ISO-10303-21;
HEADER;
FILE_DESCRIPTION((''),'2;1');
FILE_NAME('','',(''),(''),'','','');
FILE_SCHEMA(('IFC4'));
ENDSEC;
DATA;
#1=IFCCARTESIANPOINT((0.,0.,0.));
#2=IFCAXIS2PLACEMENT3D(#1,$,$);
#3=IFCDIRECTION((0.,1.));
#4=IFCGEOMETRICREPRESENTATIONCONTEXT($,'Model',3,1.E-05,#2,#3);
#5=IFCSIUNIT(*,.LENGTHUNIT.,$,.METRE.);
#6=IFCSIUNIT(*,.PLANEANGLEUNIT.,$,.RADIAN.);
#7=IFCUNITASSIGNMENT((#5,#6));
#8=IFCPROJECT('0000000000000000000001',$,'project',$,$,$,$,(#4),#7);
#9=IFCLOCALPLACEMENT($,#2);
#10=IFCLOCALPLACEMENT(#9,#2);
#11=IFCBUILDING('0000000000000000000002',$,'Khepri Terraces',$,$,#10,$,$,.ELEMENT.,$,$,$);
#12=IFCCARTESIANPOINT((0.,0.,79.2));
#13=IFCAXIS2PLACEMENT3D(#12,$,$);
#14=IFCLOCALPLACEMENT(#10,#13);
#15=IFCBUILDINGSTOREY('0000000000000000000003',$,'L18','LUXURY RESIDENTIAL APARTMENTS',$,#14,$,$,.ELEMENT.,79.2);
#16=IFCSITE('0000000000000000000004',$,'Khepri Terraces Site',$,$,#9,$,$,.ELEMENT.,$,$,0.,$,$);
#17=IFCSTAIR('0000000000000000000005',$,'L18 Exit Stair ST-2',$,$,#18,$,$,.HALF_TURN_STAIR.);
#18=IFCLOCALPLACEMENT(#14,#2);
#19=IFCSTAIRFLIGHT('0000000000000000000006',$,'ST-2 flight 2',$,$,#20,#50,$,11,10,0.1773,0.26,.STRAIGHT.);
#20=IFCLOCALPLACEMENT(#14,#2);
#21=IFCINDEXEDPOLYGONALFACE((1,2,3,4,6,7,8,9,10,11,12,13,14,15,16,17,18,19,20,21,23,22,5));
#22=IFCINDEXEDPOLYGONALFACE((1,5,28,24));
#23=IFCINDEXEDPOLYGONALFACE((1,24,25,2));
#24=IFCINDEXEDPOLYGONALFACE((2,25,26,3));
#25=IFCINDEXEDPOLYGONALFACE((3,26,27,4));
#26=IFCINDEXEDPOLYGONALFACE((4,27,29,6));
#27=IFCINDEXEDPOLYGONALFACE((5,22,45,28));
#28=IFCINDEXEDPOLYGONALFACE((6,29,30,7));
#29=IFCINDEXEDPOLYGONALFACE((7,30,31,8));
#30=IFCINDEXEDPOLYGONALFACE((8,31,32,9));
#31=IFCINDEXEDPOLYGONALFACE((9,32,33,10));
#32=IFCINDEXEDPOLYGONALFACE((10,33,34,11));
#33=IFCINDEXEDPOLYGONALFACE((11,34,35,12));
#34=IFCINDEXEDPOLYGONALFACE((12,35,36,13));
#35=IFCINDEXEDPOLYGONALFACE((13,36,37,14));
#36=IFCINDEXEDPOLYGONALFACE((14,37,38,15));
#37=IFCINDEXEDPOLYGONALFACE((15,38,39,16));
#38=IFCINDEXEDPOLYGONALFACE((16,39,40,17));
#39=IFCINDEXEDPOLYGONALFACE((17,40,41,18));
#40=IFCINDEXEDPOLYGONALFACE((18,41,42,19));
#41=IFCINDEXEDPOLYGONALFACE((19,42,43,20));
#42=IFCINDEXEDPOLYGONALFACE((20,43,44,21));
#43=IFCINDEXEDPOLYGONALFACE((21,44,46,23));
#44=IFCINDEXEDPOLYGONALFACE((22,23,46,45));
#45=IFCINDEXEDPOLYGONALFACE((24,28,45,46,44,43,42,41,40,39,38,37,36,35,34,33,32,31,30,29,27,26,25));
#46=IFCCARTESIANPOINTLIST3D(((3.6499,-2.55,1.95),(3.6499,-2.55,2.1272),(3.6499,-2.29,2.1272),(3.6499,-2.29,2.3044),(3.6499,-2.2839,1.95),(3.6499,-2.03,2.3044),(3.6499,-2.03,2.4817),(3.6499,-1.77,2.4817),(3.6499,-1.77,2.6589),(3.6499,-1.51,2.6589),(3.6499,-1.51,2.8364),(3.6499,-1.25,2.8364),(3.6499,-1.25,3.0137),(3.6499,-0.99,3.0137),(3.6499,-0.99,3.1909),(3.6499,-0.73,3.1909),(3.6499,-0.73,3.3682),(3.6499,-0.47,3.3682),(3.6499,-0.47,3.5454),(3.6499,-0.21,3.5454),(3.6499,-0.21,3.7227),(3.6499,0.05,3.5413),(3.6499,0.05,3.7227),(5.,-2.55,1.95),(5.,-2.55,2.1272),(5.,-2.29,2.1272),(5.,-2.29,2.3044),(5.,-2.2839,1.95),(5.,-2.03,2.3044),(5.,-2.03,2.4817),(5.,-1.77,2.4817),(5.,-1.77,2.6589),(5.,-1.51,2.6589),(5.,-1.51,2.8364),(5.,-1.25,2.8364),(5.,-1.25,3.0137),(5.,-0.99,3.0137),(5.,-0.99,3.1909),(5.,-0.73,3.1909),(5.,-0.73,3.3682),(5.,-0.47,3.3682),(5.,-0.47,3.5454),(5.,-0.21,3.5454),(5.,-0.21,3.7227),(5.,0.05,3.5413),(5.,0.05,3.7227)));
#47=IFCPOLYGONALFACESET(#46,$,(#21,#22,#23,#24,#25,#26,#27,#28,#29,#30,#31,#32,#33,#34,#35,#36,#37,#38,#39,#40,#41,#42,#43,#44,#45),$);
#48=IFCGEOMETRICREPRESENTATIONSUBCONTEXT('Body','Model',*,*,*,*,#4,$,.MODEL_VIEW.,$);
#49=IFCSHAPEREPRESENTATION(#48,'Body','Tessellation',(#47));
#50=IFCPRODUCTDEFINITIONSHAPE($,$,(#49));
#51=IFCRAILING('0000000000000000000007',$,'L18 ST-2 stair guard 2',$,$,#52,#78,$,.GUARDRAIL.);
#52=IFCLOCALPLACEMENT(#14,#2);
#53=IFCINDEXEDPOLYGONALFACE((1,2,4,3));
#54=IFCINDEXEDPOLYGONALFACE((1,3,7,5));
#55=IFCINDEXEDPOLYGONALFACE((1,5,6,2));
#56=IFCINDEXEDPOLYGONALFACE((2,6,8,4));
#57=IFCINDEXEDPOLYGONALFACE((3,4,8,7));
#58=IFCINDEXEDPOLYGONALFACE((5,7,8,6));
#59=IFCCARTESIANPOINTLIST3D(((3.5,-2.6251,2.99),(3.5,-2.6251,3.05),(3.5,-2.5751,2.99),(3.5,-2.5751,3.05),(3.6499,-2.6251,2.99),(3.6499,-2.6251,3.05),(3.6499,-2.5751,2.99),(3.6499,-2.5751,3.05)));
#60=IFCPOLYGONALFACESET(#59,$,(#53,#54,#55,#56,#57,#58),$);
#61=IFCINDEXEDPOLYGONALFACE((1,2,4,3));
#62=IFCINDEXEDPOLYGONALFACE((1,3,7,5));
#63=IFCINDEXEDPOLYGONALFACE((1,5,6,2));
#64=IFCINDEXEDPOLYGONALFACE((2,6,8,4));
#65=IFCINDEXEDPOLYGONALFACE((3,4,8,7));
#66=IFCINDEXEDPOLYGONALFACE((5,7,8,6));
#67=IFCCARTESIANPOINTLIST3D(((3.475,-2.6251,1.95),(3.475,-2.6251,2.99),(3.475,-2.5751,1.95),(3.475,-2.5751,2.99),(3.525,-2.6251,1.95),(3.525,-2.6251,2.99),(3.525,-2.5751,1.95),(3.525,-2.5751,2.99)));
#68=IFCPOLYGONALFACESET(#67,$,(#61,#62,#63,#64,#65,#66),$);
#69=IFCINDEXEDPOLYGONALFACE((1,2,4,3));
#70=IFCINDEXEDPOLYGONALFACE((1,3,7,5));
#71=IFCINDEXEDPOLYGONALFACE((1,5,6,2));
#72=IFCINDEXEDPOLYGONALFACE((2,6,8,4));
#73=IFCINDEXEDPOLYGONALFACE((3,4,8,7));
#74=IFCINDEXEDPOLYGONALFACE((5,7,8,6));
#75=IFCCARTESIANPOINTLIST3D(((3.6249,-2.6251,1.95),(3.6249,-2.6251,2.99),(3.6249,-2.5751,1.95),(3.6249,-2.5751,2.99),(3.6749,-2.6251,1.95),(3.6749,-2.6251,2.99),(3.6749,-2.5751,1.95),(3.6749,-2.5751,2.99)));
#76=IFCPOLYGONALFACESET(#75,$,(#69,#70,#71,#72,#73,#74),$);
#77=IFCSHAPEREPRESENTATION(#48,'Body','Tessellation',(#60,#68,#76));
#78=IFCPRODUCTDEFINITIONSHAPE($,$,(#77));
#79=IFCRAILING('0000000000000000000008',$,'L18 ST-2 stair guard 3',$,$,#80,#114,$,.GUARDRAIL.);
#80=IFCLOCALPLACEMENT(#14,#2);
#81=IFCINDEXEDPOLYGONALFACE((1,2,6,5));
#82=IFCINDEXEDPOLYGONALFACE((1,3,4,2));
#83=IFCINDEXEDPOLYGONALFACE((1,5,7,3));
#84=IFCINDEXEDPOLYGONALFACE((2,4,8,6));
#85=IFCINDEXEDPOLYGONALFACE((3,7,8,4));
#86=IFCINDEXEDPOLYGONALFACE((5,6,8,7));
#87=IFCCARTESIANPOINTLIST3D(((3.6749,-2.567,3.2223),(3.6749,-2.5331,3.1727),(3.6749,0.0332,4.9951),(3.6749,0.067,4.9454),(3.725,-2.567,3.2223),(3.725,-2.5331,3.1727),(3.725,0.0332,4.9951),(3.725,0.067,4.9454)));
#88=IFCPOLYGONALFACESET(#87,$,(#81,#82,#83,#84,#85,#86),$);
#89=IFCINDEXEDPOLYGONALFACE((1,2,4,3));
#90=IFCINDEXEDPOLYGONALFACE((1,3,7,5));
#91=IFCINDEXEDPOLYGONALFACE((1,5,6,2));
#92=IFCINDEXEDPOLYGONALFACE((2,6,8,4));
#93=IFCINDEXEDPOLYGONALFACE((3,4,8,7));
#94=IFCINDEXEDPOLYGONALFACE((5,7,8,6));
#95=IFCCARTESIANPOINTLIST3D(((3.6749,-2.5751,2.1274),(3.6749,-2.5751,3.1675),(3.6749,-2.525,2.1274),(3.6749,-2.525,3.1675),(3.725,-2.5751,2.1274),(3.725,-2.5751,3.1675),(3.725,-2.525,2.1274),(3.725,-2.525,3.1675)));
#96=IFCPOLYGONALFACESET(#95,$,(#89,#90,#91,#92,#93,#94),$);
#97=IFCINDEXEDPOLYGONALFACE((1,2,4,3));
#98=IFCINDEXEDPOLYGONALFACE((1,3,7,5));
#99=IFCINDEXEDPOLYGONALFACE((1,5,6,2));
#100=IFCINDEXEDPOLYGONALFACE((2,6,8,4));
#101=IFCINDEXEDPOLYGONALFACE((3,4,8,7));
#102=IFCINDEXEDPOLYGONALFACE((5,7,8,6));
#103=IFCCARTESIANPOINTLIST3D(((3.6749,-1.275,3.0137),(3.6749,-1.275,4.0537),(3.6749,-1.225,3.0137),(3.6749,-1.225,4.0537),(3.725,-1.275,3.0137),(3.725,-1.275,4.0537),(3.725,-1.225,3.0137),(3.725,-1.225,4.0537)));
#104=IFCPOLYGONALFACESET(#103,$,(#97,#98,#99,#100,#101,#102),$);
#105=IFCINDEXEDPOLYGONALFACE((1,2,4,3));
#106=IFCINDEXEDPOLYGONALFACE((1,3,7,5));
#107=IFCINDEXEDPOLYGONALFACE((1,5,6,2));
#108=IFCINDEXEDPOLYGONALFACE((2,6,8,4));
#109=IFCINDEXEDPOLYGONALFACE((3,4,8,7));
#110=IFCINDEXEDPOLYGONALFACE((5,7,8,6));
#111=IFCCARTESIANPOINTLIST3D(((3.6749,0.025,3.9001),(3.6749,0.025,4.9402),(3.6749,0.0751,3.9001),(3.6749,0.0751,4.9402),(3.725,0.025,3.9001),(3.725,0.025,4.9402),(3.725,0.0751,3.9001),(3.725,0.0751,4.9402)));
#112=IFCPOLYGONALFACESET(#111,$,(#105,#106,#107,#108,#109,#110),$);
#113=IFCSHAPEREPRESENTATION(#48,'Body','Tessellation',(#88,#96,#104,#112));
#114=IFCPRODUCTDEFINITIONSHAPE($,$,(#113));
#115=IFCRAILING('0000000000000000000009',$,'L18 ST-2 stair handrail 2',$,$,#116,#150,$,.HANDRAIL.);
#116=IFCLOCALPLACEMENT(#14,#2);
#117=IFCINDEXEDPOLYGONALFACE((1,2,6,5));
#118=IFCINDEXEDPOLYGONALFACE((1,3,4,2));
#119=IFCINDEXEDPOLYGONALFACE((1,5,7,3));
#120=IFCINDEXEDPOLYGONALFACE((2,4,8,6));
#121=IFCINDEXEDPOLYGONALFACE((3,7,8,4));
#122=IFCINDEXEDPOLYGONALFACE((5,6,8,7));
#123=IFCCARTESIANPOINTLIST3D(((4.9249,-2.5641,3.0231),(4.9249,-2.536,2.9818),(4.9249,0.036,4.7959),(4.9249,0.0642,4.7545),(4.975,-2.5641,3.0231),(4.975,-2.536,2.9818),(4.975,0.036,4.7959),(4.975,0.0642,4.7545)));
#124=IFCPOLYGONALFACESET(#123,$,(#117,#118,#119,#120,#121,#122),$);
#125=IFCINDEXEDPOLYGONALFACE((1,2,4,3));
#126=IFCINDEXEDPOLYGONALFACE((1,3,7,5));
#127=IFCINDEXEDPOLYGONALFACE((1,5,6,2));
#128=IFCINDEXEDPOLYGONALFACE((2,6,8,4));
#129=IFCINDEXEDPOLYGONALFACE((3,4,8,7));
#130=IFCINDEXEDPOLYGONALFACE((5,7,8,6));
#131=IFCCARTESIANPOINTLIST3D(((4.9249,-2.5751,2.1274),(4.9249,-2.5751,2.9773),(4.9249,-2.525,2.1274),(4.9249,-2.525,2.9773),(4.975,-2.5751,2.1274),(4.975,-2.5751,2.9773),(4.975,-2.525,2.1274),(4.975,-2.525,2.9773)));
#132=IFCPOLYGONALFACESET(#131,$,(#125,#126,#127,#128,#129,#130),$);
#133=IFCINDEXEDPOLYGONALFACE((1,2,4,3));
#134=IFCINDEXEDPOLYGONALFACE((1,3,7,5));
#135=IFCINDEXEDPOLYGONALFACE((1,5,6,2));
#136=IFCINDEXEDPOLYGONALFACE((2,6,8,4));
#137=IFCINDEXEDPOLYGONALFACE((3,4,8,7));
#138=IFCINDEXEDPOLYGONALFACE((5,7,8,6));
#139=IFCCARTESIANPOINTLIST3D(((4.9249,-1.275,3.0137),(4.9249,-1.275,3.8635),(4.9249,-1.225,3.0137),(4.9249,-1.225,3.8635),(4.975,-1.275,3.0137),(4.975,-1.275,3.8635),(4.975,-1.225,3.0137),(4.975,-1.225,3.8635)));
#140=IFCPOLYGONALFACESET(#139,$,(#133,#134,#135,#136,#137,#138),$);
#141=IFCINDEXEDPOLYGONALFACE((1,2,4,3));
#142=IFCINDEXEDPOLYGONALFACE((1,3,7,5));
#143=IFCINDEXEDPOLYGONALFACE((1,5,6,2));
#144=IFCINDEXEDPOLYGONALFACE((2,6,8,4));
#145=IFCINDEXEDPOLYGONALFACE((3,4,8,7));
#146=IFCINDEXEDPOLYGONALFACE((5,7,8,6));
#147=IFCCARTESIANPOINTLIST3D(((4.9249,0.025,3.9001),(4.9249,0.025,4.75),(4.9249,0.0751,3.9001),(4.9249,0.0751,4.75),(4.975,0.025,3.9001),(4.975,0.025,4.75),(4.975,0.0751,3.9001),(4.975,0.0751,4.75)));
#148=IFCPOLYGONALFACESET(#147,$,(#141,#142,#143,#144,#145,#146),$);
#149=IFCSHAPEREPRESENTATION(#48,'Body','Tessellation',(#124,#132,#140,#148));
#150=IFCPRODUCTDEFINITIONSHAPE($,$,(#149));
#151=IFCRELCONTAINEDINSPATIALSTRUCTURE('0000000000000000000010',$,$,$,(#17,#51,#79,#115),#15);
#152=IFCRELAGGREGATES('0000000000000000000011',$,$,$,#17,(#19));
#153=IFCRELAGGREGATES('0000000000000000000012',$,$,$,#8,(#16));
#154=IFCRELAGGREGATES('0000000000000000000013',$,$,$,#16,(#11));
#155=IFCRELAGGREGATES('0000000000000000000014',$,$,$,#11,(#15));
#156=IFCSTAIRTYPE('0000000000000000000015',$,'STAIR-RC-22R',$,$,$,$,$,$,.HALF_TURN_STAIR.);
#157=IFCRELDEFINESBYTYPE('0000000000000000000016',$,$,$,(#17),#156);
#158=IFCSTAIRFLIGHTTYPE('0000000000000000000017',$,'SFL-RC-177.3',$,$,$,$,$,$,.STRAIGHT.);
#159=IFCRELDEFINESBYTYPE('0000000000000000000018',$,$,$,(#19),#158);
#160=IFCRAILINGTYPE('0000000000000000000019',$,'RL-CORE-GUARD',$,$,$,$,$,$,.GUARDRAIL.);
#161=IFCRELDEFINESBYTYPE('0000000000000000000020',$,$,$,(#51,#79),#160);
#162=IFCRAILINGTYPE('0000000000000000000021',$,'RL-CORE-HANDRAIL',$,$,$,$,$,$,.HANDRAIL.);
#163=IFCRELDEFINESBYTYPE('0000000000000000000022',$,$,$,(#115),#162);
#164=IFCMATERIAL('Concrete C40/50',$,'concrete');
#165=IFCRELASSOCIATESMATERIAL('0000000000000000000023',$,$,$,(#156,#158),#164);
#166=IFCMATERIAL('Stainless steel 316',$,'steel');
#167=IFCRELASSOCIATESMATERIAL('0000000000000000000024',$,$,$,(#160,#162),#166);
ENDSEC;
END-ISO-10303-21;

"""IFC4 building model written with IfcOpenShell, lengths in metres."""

from ifc_helpers import new_model, si_unit, direction, frame, origin, origin_2d, place, context, subcontext, project, spatial, polyline, rectangle, outline, extrude, material, type_object, element, aggregate, save


model = new_model("IFC4")

# Units and contexts
model_context = context("Model", 3, precision=1e-05, world=origin(), true_north=direction((0.0, 1.0)))
body_context = subcontext(model_context, "Body", "Model", "MODEL_VIEW")
ifc_project = project(units=[si_unit("LENGTHUNIT", "METRE"), si_unit("PLANEANGLEUNIT", "RADIAN")], contexts=[model_context])

# Site, building, storey
site_placement = place(None, origin())
site = spatial("IfcSite", under=ifc_project, at=site_placement, Name="Khepri Terraces Site", CompositionType="ELEMENT", RefElevation=0.0)
building_placement = place(site_placement, origin())
building = spatial("IfcBuilding", under=site, at=building_placement, Name="Khepri Terraces", CompositionType="ELEMENT")
storey_placement = place(building_placement, frame((0.0, 0.0, 79.2)))
storey = spatial("IfcBuildingStorey", under=building, at=storey_placement, Name="L18", Description="LUXURY RESIDENTIAL APARTMENTS", CompositionType="ELEMENT", Elevation=79.2)

# Shared definitions
ifc_material_1 = material(Name="Concrete C40/50", Category="concrete")

# Stair, stair flight
stair_type = type_object("IfcStairType", Name="STAIR-RC-22R", PredefinedType="HALF_TURN_STAIR", material=ifc_material_1)
stair_placement = place(storey_placement, origin())
stair = element("IfcStair", 1, at=stair_placement, inside=storey, type_object=stair_type, Name="L18 Exit Stair ST-2", PredefinedType="HALF_TURN_STAIR")
stair_flight_type = type_object("IfcStairFlightType", Name="SFL-RC-177.3", PredefinedType="STRAIGHT", material=ifc_material_1)
stair_flight_placement = place(storey_placement, frame((4.325, -2.55, 1.95), z_axis=(0.0, 0.0, 1.0), x_axis=(0.0, 1.0, 0.0)))
stair_flight = element("IfcStairFlight", 2, at=stair_flight_placement, type_object=stair_flight_type, Name="ST-2 flight 2", NumberOfRisers=11, NumberOfTreads=10, PredefinedType="STRAIGHT", RiserHeight=0.1773, TreadLength=0.26, context=body_context, shape_type="SweptSolid", body=[
    extrude(outline(polyline([(0.0, 0.0), (0.0, 0.1772), (0.26, 0.1772), (0.26, 0.3545), (0.52, 0.3545), (0.52, 0.5317), (0.78, 0.5317), (0.78, 0.709), (1.04, 0.709), (1.04, 0.8865), (1.3, 0.8865), (1.3, 1.0637), (1.5601, 1.0637), (1.5601, 1.241), (1.8201, 1.241), (1.8201, 1.4182), (2.0801, 1.4182), (2.0801, 1.5955), (2.3401, 1.5955), (2.3401, 1.7727), (2.6001, 1.7727), (2.6001, 1.95), (2.6001, 1.5913), (0.2661, 0.0), (0.0, 0.0)])), frame((0.0, 0.675, 0.0), z_axis=(0.0, -1.0, 0.0), x_axis=(1.0, 0.0, 0.0)), (0.0, 0.0, 1.0), 1.3501),
])
aggregate(stair, [stair_flight])

# Railings
ifc_material_2 = material(Name="Stainless steel 316", Category="steel")
railing_type_1 = type_object("IfcRailingType", Name="RL-CORE-GUARD", PredefinedType="GUARDRAIL", material=ifc_material_2)
railing_1_placement = place(storey_placement, frame((3.5, -2.6001, 1.95)))
element("IfcRailing", 3, at=railing_1_placement, inside=storey, type_object=railing_type_1, Name="L18 ST-2 stair guard 2", PredefinedType="GUARDRAIL", context=body_context, shape_type="SweptSolid", body=[
    extrude(rectangle(XDim=0.05, YDim=0.0601, at=origin_2d()), frame((0.0, 0.0, 1.0701), z_axis=(1.0, 0.0, 0.0), x_axis=(0.0, 1.0, 0.0)), (0.0, 0.0, 1.0), 0.1499),
    extrude(rectangle(XDim=0.05, YDim=0.05, at=origin_2d()), origin(), (0.0, 0.0, 1.0), 1.04),
    extrude(rectangle(XDim=0.05, YDim=0.05, at=origin_2d()), frame((0.1499, 0.0, 0.0)), (0.0, 0.0, 1.0), 1.04),
])
railing_2_placement = place(storey_placement, frame((3.7, -2.55, 2.1274)))
element("IfcRailing", 4, at=railing_2_placement, inside=storey, type_object=railing_type_1, Name="L18 ST-2 stair guard 3", PredefinedType="GUARDRAIL", context=body_context, shape_type="SweptSolid", body=[
    extrude(rectangle(XDim=0.05, YDim=0.0601, at=origin_2d()), frame((0.0, 0.0, 1.0701), z_axis=(0.0, 0.82624, 0.563318), x_axis=(-1.0, 0.0, 0.0)), (0.0, 0.0, 1.0), 3.147),
    extrude(rectangle(XDim=0.05, YDim=0.05, at=origin_2d()), origin(), (0.0, 0.0, 1.0), 1.04),
    extrude(rectangle(XDim=0.05, YDim=0.05, at=origin_2d()), frame((0.0, 1.3, 0.8862)), (0.0, 0.0, 1.0), 1.04),
    extrude(rectangle(XDim=0.05, YDim=0.05, at=origin_2d()), frame((0.0, 2.6001, 1.7727)), (0.0, 0.0, 1.0), 1.04),
])
railing_type_2 = type_object("IfcRailingType", Name="RL-CORE-HANDRAIL", PredefinedType="HANDRAIL", material=ifc_material_2)
railing_3_placement = place(storey_placement, frame((4.95, -2.55, 2.1274)))
element("IfcRailing", 5, at=railing_3_placement, inside=storey, type_object=railing_type_2, Name="L18 ST-2 stair handrail 2", PredefinedType="HANDRAIL", context=body_context, shape_type="SweptSolid", body=[
    extrude(rectangle(XDim=0.05, YDim=0.05, at=origin_2d()), frame((0.0, 0.0, 0.875), z_axis=(0.0, 0.82624, 0.563318), x_axis=(-1.0, 0.0, 0.0)), (0.0, 0.0, 1.0), 3.147),
    extrude(rectangle(XDim=0.05, YDim=0.05, at=origin_2d()), origin(), (0.0, 0.0, 1.0), 0.8499),
    extrude(rectangle(XDim=0.05, YDim=0.05, at=origin_2d()), frame((0.0, 1.3, 0.8862)), (0.0, 0.0, 1.0), 0.8499),
    extrude(rectangle(XDim=0.05, YDim=0.05, at=origin_2d()), frame((0.0, 2.6001, 1.7727)), (0.0, 0.0, 1.0), 0.8499),
])

save(model, "model.ifc")
